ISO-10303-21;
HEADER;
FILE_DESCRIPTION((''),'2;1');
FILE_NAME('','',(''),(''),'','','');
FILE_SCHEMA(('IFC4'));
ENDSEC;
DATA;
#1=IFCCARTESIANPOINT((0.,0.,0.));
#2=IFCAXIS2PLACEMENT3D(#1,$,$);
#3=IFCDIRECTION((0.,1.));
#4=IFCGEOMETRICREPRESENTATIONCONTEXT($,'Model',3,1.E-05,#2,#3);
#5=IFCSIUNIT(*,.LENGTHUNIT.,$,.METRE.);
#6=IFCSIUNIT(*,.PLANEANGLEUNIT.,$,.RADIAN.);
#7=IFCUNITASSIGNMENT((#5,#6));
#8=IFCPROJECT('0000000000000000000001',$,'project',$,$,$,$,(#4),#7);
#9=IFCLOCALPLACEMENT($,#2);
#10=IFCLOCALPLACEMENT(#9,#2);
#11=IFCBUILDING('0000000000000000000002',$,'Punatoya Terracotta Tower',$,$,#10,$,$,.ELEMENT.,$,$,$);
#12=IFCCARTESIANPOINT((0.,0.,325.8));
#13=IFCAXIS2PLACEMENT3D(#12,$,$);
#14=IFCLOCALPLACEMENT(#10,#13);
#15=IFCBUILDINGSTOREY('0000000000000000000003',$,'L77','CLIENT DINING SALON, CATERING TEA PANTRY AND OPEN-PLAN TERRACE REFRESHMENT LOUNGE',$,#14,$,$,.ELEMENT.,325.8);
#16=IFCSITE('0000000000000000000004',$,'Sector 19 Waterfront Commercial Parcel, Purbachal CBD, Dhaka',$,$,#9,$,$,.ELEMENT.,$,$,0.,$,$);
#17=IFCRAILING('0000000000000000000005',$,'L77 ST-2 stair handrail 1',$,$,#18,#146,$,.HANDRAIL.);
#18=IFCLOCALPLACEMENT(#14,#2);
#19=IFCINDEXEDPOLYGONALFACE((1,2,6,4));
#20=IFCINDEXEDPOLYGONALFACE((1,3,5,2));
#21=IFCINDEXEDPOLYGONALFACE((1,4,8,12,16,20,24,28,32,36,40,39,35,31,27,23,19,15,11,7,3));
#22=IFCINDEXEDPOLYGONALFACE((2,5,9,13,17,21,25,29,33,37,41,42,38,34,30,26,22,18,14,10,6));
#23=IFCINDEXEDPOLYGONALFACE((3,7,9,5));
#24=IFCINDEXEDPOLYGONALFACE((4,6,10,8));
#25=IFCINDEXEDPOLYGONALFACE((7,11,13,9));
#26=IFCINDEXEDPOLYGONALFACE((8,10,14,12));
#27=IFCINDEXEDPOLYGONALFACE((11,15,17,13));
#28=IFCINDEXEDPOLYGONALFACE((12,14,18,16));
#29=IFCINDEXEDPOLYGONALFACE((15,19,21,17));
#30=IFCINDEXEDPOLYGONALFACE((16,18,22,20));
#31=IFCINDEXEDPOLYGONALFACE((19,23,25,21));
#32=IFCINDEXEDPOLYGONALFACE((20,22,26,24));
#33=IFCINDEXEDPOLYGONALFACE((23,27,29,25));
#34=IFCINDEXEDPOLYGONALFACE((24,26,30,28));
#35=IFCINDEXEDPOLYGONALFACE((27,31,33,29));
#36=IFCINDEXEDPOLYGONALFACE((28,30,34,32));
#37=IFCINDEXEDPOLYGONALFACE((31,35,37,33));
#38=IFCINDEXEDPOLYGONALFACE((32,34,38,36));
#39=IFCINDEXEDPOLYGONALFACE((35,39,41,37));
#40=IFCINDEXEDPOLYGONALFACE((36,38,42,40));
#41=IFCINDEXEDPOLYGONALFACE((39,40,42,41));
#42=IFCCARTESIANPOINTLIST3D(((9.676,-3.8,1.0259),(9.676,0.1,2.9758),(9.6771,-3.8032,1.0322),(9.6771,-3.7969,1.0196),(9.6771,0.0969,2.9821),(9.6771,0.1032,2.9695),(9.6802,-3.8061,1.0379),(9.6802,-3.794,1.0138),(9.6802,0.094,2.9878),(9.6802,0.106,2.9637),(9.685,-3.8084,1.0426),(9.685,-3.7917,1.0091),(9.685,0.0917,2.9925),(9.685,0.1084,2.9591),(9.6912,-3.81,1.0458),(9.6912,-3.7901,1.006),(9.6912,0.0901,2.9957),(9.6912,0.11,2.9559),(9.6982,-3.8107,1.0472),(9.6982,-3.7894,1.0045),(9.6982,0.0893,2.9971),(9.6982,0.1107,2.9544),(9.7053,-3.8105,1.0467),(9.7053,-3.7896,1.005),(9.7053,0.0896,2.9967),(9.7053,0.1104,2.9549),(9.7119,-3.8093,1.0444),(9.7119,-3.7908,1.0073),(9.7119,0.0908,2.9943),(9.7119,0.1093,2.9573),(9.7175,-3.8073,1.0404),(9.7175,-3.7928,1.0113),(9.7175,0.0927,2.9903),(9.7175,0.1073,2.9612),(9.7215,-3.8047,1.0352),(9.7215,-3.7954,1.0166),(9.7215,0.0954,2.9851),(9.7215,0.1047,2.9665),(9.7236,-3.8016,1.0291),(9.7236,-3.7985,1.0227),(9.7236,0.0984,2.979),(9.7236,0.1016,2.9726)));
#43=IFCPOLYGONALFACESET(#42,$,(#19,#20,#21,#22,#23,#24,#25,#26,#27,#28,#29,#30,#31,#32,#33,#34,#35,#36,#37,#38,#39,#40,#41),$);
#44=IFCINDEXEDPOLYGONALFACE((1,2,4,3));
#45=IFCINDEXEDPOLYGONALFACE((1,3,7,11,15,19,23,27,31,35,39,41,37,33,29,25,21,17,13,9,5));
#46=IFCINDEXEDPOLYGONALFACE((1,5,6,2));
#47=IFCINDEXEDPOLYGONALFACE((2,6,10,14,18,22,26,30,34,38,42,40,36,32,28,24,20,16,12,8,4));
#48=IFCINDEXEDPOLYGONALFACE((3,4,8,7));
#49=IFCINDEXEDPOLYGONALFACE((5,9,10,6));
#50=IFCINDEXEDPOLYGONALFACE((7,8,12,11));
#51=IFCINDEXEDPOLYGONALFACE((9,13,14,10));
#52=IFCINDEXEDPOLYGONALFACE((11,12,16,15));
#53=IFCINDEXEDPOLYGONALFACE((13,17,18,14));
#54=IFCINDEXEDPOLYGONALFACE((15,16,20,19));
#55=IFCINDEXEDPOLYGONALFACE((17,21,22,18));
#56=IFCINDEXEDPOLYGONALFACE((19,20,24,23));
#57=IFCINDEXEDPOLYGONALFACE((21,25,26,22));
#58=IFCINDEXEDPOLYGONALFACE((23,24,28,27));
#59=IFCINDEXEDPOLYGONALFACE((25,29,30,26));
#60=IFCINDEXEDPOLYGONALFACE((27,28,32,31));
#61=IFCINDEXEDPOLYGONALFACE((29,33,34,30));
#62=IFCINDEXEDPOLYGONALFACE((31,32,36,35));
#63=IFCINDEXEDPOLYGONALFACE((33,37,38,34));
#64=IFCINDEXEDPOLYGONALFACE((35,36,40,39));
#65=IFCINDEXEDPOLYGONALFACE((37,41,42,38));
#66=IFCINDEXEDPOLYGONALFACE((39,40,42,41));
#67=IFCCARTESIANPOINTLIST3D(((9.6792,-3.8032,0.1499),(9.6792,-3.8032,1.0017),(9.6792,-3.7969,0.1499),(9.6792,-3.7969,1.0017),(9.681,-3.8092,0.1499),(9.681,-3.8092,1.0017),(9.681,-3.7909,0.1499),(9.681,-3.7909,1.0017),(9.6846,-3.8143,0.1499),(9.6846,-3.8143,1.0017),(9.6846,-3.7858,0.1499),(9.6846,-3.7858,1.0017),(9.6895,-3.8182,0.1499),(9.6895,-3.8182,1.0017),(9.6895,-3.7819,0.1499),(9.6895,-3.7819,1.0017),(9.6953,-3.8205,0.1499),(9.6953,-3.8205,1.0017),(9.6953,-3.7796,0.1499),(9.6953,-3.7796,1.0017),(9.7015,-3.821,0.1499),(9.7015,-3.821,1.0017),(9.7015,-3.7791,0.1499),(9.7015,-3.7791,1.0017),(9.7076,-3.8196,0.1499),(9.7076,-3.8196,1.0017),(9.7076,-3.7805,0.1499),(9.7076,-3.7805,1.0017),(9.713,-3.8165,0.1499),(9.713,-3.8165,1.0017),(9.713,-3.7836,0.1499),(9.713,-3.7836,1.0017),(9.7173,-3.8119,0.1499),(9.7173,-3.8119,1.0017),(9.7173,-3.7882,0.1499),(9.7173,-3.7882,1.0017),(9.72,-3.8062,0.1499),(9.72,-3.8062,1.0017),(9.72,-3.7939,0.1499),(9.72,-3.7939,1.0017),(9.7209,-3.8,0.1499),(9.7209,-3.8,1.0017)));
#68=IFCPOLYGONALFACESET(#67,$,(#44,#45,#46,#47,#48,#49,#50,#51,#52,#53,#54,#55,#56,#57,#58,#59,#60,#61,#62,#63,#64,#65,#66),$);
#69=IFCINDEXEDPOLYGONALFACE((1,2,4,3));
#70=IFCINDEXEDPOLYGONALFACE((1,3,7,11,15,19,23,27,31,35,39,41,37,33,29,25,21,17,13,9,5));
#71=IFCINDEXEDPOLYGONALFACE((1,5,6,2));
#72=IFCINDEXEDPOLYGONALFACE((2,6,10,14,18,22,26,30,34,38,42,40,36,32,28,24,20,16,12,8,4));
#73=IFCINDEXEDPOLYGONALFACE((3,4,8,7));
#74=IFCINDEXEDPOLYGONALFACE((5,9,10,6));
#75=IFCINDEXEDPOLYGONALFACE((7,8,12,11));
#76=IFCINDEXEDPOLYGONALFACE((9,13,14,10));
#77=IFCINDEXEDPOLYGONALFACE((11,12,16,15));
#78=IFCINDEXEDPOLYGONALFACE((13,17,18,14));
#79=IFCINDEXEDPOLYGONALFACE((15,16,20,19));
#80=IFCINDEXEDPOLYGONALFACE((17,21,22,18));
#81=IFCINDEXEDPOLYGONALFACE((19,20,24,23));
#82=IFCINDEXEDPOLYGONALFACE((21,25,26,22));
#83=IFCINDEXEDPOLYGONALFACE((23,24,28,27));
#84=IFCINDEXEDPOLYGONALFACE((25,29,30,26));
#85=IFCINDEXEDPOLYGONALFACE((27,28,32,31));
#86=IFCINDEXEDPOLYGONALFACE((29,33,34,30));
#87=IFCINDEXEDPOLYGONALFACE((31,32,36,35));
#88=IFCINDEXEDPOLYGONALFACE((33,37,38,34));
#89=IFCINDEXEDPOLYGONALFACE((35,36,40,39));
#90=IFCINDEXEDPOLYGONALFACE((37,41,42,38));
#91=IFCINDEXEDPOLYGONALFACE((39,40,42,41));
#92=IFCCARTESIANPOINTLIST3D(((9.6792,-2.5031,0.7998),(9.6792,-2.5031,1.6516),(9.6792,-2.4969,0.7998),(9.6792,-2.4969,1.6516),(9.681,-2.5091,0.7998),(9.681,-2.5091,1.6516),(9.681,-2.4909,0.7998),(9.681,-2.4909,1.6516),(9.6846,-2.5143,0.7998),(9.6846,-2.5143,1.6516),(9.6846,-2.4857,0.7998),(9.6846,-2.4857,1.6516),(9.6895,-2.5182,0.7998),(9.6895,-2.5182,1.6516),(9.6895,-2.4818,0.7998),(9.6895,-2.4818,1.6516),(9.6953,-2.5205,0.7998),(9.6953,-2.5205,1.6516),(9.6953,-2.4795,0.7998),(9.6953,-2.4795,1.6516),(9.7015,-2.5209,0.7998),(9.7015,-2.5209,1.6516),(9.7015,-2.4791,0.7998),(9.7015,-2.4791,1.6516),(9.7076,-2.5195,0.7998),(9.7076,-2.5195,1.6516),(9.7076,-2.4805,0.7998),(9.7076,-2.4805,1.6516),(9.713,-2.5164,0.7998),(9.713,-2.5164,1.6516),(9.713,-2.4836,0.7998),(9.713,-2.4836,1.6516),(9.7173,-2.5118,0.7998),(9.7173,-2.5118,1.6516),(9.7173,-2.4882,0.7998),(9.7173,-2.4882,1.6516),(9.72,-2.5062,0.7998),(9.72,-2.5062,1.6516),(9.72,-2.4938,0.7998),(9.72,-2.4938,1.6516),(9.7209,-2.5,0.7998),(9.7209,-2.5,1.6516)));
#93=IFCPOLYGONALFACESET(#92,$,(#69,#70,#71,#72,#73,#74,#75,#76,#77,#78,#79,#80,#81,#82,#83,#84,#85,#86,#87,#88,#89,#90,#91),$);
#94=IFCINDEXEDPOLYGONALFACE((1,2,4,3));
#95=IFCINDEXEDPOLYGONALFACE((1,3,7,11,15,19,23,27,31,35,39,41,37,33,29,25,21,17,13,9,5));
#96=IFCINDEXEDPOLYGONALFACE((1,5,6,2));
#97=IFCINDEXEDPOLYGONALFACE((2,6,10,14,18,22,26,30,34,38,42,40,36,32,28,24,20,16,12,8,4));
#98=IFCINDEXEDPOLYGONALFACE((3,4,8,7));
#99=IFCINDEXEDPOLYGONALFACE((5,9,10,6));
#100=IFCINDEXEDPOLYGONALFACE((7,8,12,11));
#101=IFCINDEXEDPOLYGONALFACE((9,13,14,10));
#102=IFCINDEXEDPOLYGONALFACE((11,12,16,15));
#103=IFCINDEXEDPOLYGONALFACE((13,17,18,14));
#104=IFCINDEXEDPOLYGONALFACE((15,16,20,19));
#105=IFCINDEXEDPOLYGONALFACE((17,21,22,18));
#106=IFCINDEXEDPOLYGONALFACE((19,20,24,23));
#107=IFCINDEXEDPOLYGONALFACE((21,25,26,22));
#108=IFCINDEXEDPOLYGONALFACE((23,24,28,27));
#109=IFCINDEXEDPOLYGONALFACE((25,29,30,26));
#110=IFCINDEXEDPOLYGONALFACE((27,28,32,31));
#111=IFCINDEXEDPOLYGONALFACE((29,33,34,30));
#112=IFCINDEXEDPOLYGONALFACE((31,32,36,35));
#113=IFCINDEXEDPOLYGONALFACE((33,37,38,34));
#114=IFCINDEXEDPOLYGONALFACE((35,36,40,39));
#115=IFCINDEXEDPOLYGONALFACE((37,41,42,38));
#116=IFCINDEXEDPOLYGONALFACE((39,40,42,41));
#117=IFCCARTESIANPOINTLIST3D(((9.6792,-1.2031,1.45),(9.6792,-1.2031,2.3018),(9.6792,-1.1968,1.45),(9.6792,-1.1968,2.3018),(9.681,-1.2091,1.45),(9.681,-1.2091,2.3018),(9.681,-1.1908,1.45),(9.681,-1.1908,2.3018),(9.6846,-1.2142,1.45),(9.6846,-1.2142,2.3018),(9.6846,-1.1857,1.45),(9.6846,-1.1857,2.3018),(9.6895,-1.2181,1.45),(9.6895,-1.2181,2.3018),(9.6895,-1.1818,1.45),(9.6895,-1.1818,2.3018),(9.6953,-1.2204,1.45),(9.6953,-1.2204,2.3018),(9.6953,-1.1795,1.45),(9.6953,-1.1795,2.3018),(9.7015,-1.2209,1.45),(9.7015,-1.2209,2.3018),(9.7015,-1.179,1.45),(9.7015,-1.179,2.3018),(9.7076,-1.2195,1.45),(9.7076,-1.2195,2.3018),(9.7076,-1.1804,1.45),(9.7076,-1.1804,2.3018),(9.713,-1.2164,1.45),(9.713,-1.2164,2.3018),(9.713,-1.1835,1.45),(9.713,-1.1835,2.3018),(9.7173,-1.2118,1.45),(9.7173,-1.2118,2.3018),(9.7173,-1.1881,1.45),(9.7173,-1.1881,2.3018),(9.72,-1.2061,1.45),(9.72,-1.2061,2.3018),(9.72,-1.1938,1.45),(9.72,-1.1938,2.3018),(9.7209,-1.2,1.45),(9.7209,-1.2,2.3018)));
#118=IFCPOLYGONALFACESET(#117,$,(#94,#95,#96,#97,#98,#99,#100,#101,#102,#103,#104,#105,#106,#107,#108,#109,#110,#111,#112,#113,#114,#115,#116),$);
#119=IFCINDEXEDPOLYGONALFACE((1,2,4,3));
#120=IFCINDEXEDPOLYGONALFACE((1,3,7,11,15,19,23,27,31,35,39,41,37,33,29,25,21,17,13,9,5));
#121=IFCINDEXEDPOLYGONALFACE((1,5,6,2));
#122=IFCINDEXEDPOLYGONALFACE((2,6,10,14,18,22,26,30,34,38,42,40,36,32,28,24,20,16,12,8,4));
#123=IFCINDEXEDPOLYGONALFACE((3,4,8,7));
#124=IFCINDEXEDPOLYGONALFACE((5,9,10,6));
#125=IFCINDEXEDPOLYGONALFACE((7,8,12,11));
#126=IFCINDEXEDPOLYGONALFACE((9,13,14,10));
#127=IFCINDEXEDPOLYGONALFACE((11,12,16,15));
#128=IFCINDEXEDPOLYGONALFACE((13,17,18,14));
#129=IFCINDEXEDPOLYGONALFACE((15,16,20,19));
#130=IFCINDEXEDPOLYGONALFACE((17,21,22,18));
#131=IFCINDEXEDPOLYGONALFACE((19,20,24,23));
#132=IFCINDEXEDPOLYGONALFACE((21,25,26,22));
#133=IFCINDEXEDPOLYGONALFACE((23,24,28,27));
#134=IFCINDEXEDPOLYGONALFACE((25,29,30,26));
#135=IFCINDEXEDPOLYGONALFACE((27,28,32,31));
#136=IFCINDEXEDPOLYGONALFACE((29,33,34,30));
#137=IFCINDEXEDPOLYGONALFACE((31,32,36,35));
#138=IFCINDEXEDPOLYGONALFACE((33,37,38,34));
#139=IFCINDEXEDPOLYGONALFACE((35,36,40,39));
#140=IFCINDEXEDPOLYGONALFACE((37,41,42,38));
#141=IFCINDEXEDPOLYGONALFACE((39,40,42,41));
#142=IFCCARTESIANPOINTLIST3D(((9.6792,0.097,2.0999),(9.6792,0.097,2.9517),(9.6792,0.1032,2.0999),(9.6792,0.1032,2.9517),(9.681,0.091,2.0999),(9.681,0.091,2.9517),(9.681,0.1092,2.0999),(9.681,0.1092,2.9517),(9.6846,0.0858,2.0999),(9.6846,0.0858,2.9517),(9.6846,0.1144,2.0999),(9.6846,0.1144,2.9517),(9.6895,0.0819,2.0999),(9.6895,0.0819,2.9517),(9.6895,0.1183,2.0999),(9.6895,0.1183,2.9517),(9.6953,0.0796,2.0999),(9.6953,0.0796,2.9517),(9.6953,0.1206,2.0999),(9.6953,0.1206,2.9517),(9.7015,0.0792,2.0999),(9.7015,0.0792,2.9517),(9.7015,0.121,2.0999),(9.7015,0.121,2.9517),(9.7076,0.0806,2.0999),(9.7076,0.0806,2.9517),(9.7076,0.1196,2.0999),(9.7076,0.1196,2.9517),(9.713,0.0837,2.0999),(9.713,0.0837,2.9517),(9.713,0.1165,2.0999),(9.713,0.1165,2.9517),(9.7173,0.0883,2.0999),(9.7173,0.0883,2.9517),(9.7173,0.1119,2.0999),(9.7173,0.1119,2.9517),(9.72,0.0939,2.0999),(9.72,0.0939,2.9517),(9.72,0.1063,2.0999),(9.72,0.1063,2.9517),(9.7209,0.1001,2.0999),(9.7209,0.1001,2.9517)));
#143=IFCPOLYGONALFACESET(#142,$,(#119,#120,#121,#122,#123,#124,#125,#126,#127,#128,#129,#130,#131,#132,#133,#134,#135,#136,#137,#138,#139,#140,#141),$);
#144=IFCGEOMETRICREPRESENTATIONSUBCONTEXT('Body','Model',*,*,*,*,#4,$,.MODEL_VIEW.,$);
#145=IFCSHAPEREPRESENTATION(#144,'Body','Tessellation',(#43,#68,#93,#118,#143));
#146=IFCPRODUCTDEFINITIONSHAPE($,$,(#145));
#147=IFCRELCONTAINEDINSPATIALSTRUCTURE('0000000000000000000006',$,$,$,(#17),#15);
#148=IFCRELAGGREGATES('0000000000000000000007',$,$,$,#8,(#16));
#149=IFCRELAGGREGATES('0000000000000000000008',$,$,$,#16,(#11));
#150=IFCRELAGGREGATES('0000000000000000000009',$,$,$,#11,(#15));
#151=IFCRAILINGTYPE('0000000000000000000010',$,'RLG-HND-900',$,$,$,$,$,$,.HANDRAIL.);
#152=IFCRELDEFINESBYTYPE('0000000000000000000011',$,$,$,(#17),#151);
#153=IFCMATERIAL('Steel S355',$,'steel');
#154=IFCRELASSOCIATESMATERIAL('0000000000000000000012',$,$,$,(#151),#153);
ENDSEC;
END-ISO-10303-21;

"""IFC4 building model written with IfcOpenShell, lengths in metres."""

from ifc_helpers import new_model, si_unit, direction, frame, origin, origin_2d, place, context, subcontext, project, spatial, circle, extrude, material, type_object, element, save


model = new_model("IFC4")

# Units and contexts
model_context = context("Model", 3, precision=1e-05, world=origin(), true_north=direction((0.0, 1.0)))
body_context = subcontext(model_context, "Body", "Model", "MODEL_VIEW")
ifc_project = project(units=[si_unit("LENGTHUNIT", "METRE"), si_unit("PLANEANGLEUNIT", "RADIAN")], contexts=[model_context])

# Site, building, storey
site_placement = place(None, origin())
site = spatial("IfcSite", under=ifc_project, at=site_placement, Name="Sector 19 Waterfront Commercial Parcel, Purbachal CBD, Dhaka", CompositionType="ELEMENT", RefElevation=0.0)
building_placement = place(site_placement, origin())
building = spatial("IfcBuilding", under=site, at=building_placement, Name="Punatoya Terracotta Tower", CompositionType="ELEMENT")
storey_placement = place(building_placement, frame((0.0, 0.0, 325.8)))
storey = spatial("IfcBuildingStorey", under=building, at=storey_placement, Name="L77", Description="CLIENT DINING SALON, CATERING TEA PANTRY AND OPEN-PLAN TERRACE REFRESHMENT LOUNGE", CompositionType="ELEMENT", Elevation=325.8)

# Shared definitions
ifc_material_1 = material(Name="Steel S355", Category="steel")

# Railing
railing_type_1 = type_object("IfcRailingType", Name="RLG-HND-900", PredefinedType="HANDRAIL", material=ifc_material_1)
railing_1_placement = place(storey_placement, frame((9.7, -3.8, 0.1499)))
element("IfcRailing", 1, at=railing_1_placement, inside=storey, type_object=railing_type_1, Name="L77 ST-2 stair handrail 1", PredefinedType="HANDRAIL", context=body_context, shape_type="SweptSolid", body=[
    extrude(circle(Radius=0.0239, at=origin_2d()), frame((0.0, 0.0, 0.876), z_axis=(0.0, 0.894438, 0.447191), x_axis=(-1.0, 0.0, 0.0)), (0.0, 0.0, 1.0), 4.3604),
    extrude(circle(Radius=0.021, at=origin_2d()), origin(), (0.0, 0.0, 1.0), 0.8518),
    extrude(circle(Radius=0.021, at=origin_2d()), frame((0.0, 1.3, 0.6499)), (0.0, 0.0, 1.0), 0.8518),
    extrude(circle(Radius=0.021, at=origin_2d()), frame((0.0, 2.6001, 1.3)), (0.0, 0.0, 1.0), 0.8518),
    extrude(circle(Radius=0.021, at=origin_2d()), frame((0.0, 3.9001, 1.95)), (0.0, 0.0, 1.0), 0.8518),
])

save(model, "model.ifc")
